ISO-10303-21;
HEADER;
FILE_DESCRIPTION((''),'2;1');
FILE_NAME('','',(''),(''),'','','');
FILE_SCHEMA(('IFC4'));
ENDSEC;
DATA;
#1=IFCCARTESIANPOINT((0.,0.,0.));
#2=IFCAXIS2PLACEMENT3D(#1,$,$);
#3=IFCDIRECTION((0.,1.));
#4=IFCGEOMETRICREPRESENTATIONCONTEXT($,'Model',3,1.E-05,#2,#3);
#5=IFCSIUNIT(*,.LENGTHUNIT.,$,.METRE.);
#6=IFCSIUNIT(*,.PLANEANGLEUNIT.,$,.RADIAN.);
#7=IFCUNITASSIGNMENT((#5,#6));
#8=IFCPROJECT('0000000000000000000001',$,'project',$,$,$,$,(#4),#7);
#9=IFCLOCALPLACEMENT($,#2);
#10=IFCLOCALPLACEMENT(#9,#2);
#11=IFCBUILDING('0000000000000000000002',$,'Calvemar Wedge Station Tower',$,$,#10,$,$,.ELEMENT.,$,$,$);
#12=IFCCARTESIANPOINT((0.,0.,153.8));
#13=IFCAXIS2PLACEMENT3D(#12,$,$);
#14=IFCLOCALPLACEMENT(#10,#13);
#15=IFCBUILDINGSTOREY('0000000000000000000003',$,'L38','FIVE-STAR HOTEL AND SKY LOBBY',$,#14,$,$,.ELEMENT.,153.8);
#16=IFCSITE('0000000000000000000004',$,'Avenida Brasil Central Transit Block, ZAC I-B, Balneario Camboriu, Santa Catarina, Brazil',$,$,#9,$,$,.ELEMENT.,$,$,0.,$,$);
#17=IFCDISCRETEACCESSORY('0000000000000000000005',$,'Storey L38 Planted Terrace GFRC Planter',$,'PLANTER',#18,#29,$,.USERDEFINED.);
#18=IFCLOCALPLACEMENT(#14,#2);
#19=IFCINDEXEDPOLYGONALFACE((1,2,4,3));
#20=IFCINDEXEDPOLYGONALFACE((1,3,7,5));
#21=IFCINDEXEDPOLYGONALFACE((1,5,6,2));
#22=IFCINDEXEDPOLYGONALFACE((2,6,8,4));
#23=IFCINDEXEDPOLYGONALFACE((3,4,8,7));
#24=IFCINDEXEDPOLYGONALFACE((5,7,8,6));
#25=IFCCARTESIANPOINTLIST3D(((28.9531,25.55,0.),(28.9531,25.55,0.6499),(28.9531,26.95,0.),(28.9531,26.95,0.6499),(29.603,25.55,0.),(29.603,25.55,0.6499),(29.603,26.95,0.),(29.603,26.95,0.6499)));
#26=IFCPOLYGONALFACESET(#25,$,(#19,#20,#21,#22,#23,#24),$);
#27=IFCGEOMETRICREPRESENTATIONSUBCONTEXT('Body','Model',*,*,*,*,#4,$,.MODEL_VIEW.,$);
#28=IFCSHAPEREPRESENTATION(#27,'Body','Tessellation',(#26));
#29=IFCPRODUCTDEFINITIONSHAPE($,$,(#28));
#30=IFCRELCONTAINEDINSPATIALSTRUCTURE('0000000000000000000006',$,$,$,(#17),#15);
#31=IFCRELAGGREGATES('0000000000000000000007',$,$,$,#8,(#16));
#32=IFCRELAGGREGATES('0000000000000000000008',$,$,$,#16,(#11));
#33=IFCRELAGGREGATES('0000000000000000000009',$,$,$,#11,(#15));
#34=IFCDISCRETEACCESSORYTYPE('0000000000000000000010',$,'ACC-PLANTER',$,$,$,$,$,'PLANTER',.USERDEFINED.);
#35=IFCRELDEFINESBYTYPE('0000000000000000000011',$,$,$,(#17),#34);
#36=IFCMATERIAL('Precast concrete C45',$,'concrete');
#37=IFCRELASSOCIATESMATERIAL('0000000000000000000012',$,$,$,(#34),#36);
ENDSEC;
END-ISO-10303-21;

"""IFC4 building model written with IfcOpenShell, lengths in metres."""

from ifc_helpers import new_model, si_unit, direction, frame, origin, origin_2d, place, context, subcontext, project, spatial, rectangle, extrude, source, transform, mapped, material, type_object, element, save


model = new_model("IFC4")

# Units and contexts
model_context = context("Model", 3, precision=1e-05, world=origin(), true_north=direction((0.0, 1.0)))
body_context = subcontext(model_context, "Body", "Model", "MODEL_VIEW")
ifc_project = project(units=[si_unit("LENGTHUNIT", "METRE"), si_unit("PLANEANGLEUNIT", "RADIAN")], contexts=[model_context])

# Site, building, storey
site_placement = place(None, origin())
site = spatial("IfcSite", under=ifc_project, at=site_placement, Name="Avenida Brasil Central Transit Block, ZAC I-B, Balneario Camboriu, Santa Catarina, Brazil", CompositionType="ELEMENT", RefElevation=0.0)
building_placement = place(site_placement, origin())
building = spatial("IfcBuilding", under=site, at=building_placement, Name="Calvemar Wedge Station Tower", CompositionType="ELEMENT")
storey_placement = place(building_placement, frame((0.0, 0.0, 153.8)))
storey = spatial("IfcBuildingStorey", under=building, at=storey_placement, Name="L38", Description="FIVE-STAR HOTEL AND SKY LOBBY", CompositionType="ELEMENT", Elevation=153.8)

# Shared definitions
ifc_material_1 = material(Name="Precast concrete C45", Category="concrete")

# Discrete accessory
discrete_accessory_type = type_object("IfcDiscreteAccessoryType", Name="ACC-PLANTER", ElementType="PLANTER", PredefinedType="USERDEFINED", material=ifc_material_1)
shared_shape_1 = source(origin(), body_context, "Body", "SweptSolid", [
    extrude(rectangle(XDim=0.6499, YDim=1.3999, at=origin_2d()), origin(), (0.0, 0.0, 1.0), 0.6499),
])
discrete_accessory_placement = place(storey_placement, frame((29.2781, 26.25, 0.0), z_axis=(0.0, 0.0, 1.0), x_axis=(1.0, 0.0, 0.0)))
element("IfcDiscreteAccessory", 1, at=discrete_accessory_placement, inside=storey, type_object=discrete_accessory_type, Name="Storey L38 Planted Terrace GFRC Planter", ObjectType="PLANTER", PredefinedType="USERDEFINED", context=body_context, shape_type="MappedRepresentation", body=[
    mapped(shared_shape_1, transform((0.0, 0.0, 0.0), scale=1.0)),
])

save(model, "model.ifc")
